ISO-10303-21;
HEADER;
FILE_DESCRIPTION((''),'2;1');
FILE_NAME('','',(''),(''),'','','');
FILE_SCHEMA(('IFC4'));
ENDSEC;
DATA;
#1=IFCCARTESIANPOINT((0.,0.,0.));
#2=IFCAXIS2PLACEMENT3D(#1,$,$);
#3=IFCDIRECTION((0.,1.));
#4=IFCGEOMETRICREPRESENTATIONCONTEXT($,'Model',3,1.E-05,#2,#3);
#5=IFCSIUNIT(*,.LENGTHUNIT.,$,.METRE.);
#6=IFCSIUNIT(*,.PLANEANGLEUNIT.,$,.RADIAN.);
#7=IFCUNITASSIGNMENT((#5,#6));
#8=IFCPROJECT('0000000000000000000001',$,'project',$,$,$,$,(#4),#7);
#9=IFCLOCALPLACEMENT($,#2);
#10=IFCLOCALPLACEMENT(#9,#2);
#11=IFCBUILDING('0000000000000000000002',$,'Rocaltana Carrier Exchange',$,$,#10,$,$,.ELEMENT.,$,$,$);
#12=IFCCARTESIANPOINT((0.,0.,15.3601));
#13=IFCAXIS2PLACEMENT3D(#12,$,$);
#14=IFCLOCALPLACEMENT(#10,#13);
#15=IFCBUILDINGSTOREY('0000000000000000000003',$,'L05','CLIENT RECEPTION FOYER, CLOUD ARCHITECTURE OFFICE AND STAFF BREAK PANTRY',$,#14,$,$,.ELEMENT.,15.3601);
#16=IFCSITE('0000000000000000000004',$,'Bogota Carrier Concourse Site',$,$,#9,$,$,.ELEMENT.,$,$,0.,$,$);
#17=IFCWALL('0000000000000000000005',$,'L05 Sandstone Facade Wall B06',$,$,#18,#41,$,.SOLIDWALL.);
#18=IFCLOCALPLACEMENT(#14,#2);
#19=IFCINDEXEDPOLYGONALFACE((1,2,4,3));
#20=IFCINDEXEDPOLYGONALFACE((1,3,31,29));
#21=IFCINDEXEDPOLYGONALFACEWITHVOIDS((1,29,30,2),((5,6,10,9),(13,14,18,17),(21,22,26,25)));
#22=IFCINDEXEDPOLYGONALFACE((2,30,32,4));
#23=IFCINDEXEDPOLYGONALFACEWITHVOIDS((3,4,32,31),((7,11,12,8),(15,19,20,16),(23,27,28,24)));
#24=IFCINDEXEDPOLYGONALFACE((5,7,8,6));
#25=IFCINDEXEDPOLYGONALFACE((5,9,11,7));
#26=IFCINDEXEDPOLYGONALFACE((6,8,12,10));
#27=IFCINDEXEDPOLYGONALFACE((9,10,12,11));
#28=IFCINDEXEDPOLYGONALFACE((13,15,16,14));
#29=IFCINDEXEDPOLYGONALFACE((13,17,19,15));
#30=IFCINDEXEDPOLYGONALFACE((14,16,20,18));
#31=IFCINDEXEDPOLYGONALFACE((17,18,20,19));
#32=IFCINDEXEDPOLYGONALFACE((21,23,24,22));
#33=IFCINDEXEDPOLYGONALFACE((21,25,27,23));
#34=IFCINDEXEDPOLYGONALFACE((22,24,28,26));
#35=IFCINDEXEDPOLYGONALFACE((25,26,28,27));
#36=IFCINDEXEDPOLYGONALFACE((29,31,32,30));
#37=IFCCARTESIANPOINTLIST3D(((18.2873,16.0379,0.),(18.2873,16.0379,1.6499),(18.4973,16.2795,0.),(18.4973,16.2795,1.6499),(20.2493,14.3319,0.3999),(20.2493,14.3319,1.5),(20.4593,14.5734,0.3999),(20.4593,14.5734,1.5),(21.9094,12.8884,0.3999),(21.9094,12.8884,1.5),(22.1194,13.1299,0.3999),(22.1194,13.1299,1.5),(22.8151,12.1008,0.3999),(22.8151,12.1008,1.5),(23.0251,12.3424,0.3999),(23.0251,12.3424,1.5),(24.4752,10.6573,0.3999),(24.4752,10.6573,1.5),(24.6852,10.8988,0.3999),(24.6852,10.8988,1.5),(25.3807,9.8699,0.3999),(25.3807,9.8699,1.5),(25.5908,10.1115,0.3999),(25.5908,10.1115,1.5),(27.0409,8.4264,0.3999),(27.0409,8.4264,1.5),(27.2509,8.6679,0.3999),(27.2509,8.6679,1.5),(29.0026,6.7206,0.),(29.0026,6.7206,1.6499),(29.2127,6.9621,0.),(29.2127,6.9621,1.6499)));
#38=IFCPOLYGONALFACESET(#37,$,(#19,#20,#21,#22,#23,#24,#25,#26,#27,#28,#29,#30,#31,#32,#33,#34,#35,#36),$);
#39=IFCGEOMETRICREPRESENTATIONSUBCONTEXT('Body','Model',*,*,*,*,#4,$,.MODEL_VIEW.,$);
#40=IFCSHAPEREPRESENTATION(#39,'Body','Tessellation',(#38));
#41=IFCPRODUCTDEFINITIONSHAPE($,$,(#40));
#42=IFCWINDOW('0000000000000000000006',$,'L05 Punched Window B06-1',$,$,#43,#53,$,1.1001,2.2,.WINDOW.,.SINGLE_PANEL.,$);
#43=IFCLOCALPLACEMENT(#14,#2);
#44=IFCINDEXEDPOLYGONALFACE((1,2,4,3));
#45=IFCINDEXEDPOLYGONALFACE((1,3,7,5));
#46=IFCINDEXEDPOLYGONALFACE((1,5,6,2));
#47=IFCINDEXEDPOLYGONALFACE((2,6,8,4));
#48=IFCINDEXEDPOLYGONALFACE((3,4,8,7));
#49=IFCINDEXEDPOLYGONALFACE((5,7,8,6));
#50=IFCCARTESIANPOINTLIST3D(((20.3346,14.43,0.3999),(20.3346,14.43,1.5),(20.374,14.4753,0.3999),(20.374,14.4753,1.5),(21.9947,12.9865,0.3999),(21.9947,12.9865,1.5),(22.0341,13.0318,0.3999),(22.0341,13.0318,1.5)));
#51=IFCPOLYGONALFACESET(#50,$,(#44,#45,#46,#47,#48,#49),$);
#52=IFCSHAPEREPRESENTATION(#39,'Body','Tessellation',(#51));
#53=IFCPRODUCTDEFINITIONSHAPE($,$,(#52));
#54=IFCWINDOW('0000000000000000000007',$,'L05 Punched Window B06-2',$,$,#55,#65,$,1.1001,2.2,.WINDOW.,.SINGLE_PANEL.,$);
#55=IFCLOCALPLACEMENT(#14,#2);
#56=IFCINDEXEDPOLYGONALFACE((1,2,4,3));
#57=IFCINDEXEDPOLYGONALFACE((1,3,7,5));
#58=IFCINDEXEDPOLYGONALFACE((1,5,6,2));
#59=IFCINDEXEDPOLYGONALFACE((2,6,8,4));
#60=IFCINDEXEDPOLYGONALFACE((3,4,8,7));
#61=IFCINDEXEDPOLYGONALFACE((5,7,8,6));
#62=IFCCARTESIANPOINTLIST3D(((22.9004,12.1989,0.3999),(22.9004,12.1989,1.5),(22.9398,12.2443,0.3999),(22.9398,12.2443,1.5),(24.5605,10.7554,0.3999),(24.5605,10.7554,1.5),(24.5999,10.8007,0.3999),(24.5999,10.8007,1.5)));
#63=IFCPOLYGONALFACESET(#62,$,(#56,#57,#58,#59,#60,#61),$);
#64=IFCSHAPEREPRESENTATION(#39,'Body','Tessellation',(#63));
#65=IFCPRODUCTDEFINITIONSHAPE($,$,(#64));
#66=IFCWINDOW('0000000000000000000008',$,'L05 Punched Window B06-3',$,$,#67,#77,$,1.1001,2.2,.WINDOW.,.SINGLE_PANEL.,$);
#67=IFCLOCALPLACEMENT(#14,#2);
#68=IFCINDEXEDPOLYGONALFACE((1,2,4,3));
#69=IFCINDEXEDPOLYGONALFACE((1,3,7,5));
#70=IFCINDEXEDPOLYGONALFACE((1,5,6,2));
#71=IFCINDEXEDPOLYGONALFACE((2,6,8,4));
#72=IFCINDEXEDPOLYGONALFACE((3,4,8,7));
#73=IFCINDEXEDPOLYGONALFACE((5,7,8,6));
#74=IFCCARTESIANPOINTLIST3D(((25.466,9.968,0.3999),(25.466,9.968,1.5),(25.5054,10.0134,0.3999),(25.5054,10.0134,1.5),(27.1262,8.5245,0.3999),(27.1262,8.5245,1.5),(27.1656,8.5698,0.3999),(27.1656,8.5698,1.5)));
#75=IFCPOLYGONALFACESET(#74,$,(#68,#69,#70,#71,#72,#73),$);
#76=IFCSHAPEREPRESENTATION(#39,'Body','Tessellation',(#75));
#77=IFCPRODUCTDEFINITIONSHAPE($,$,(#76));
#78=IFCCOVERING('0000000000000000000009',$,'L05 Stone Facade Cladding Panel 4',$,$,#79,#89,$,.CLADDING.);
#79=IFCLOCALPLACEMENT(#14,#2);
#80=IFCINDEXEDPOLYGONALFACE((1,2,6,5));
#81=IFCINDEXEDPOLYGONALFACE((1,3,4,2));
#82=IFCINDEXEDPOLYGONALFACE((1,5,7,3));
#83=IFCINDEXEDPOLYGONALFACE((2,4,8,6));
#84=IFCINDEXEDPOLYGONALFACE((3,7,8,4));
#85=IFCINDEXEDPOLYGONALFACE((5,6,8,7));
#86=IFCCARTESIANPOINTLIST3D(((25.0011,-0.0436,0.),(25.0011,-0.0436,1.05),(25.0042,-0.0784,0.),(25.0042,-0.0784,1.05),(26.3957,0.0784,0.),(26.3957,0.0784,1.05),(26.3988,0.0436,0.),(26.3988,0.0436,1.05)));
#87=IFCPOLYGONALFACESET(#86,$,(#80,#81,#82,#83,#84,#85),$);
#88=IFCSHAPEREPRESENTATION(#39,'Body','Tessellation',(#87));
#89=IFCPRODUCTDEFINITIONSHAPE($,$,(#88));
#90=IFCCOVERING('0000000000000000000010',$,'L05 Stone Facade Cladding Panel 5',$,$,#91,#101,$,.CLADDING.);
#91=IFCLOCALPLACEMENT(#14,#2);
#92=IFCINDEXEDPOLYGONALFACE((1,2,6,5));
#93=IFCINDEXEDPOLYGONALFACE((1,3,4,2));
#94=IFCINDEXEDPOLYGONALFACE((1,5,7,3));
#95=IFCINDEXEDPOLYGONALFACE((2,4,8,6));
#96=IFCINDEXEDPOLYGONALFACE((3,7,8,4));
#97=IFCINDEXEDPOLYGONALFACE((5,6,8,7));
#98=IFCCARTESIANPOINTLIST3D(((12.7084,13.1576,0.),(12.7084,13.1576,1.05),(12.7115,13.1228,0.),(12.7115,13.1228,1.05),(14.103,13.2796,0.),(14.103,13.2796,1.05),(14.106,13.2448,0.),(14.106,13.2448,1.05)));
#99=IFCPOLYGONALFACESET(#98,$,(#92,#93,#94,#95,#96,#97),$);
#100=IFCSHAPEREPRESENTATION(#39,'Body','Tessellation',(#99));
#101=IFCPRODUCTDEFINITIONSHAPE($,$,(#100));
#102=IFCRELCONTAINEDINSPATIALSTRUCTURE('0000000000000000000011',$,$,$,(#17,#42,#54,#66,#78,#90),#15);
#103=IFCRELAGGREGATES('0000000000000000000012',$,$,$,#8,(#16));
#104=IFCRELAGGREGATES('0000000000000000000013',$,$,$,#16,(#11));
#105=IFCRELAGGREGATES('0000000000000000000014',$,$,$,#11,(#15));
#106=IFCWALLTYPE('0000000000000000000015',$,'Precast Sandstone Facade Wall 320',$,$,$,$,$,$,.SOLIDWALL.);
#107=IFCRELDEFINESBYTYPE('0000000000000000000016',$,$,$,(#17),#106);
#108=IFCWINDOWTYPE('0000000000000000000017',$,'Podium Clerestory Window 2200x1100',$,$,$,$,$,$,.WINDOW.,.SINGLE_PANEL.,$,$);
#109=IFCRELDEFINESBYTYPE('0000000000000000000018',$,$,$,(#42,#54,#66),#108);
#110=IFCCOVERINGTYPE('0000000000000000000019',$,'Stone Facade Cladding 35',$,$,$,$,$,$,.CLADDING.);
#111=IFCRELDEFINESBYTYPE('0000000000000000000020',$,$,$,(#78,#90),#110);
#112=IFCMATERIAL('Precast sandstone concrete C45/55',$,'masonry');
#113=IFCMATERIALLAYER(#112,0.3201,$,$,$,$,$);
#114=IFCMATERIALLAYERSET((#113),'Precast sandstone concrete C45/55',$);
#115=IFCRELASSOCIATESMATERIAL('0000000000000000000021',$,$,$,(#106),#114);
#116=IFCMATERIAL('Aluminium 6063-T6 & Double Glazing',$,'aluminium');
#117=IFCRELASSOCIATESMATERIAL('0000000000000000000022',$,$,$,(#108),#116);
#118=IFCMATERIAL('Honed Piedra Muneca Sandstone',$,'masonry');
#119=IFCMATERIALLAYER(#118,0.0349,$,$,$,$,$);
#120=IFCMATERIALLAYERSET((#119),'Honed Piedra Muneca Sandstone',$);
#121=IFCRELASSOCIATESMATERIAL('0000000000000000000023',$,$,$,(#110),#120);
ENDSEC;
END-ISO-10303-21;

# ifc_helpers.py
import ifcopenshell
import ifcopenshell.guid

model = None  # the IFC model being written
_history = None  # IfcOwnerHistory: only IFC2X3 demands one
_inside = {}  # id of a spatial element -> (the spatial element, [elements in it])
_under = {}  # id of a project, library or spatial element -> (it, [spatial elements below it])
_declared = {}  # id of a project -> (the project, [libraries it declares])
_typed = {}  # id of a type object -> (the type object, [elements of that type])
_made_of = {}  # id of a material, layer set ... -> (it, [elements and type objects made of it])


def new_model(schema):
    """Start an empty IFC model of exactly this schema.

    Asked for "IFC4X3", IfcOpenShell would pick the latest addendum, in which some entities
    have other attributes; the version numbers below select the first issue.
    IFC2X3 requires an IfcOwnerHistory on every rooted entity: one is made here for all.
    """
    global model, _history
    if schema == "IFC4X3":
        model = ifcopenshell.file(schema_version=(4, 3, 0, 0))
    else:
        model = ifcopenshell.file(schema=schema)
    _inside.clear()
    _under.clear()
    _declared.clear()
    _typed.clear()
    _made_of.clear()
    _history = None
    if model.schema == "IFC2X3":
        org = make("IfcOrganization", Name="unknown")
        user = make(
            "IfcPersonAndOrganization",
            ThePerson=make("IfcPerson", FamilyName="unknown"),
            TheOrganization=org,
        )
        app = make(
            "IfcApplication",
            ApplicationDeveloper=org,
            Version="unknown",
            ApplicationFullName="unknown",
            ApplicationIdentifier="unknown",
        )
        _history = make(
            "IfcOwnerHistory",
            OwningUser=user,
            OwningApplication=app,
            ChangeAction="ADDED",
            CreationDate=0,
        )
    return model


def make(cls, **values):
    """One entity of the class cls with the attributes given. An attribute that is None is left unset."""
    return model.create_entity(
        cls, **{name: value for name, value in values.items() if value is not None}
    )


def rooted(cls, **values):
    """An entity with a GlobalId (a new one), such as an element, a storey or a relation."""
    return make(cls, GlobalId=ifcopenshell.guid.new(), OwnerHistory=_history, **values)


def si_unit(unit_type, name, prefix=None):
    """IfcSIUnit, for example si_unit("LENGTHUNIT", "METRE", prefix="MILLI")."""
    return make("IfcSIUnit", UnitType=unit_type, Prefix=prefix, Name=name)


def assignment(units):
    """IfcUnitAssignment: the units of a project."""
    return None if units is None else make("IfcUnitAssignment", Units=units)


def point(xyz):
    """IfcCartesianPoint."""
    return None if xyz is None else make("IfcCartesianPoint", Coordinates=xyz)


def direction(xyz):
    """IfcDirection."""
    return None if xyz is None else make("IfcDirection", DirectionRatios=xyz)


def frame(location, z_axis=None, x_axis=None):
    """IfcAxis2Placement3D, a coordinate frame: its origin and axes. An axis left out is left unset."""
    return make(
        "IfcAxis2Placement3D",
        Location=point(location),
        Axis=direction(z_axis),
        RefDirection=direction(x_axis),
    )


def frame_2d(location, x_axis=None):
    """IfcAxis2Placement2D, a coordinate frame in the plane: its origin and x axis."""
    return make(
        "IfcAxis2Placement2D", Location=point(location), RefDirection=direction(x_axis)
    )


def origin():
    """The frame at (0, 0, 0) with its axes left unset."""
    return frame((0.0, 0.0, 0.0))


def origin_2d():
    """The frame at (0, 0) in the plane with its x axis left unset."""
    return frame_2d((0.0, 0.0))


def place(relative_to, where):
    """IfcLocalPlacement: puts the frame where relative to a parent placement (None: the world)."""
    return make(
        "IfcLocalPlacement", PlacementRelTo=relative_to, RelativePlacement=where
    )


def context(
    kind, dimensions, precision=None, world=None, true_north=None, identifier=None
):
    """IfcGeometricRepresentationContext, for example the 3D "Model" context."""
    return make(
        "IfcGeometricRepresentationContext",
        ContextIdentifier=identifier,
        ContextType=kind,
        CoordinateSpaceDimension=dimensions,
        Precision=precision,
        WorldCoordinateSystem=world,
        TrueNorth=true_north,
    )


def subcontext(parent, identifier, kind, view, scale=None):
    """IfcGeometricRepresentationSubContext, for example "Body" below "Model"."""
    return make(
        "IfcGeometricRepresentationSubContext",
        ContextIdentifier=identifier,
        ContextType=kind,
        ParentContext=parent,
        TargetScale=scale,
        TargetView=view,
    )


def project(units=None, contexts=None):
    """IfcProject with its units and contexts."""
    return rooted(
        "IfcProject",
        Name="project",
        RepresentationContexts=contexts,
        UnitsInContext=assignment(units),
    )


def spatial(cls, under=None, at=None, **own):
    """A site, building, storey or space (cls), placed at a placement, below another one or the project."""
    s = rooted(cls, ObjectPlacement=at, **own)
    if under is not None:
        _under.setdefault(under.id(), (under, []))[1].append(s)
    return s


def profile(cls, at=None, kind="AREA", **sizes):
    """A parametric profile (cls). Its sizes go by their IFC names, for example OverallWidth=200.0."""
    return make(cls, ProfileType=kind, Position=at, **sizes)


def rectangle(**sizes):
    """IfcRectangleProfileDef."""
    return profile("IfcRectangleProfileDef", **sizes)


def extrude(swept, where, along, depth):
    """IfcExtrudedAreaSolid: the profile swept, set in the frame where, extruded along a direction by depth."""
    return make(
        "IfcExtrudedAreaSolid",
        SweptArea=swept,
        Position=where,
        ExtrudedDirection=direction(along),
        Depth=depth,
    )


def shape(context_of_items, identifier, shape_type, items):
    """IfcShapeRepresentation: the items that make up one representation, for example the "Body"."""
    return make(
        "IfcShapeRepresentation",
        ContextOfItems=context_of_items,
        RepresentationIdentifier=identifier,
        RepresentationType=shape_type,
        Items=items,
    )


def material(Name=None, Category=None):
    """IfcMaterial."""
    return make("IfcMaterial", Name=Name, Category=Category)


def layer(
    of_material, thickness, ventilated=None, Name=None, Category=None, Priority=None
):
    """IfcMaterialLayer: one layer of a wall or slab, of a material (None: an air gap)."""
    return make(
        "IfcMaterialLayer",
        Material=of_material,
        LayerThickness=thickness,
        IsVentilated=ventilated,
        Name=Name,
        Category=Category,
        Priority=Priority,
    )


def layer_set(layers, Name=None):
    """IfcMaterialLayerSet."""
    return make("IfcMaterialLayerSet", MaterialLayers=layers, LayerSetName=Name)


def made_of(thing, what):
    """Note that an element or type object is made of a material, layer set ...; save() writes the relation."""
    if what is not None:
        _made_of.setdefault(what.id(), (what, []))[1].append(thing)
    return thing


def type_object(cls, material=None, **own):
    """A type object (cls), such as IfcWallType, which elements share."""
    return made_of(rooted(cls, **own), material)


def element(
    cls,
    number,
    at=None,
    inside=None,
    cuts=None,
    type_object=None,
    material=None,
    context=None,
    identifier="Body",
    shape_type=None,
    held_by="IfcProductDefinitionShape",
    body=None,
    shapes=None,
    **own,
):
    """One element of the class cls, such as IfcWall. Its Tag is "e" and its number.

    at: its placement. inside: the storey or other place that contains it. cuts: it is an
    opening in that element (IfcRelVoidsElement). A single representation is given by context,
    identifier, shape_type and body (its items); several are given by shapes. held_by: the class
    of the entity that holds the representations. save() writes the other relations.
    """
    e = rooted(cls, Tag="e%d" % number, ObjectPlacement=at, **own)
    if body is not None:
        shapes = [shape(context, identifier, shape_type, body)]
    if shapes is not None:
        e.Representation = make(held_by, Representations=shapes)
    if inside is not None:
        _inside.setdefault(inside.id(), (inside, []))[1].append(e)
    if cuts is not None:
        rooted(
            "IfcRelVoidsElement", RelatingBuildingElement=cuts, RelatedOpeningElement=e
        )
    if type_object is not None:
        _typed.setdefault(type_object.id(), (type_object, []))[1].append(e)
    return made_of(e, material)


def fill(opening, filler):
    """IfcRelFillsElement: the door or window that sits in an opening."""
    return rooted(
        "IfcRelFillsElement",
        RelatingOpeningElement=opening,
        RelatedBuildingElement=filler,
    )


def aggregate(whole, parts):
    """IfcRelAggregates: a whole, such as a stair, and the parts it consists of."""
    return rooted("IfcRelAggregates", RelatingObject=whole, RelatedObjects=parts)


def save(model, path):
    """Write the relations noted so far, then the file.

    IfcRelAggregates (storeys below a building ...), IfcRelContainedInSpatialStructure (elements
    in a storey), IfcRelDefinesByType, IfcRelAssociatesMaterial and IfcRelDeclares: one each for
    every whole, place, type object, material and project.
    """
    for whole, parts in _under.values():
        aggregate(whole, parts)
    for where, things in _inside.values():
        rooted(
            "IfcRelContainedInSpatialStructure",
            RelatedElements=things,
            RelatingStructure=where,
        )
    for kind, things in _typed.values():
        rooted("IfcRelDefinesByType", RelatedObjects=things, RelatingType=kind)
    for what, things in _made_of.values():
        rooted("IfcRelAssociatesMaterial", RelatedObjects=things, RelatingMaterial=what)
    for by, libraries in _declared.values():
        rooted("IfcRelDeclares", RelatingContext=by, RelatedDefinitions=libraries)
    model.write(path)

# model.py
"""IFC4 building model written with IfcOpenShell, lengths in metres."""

from ifc_helpers import new_model, si_unit, direction, frame, frame_2d, origin, origin_2d, place, context, subcontext, project, spatial, rectangle, extrude, material, layer, layer_set, type_object, element, fill, save


model = new_model("IFC4")

# Units and contexts
model_context = context("Model", 3, precision=1e-05, world=origin(), true_north=direction((0.0, 1.0)))
body_context = subcontext(model_context, "Body", "Model", "MODEL_VIEW")
ifc_project = project(units=[si_unit("LENGTHUNIT", "METRE"), si_unit("PLANEANGLEUNIT", "RADIAN")], contexts=[model_context])

# Site, building, storey
site_placement = place(None, origin())
site = spatial("IfcSite", under=ifc_project, at=site_placement, Name="Bogota Carrier Concourse Site", CompositionType="ELEMENT", RefElevation=0.0)
building_placement = place(site_placement, origin())
building = spatial("IfcBuilding", under=site, at=building_placement, Name="Rocaltana Carrier Exchange", CompositionType="ELEMENT")
storey_placement = place(building_placement, frame((0.0, 0.0, 15.3601)))
storey = spatial("IfcBuildingStorey", under=building, at=storey_placement, Name="L05", Description="CLIENT RECEPTION FOYER, CLOUD ARCHITECTURE OFFICE AND STAFF BREAK PANTRY", CompositionType="ELEMENT", Elevation=15.3601)

# Wall, openings, windows
ifc_material_1 = material(Name="Precast sandstone concrete C45/55", Category="masonry")
ifc_layer_1 = layer(ifc_material_1, 0.3201)
ifc_layer_set_1 = layer_set([ifc_layer_1], Name="Precast sandstone concrete C45/55")
wall_type_1 = type_object("IfcWallType", Name="Precast Sandstone Facade Wall 320", PredefinedType="SOLIDWALL", material=ifc_layer_set_1)
ifc_material_2 = material(Name="Aluminium 6063-T6 & Double Glazing", Category="aluminium")
window_type = type_object("IfcWindowType", Name="Podium Clerestory Window 2200x1100", PartitioningType="SINGLE_PANEL", PredefinedType="WINDOW", material=ifc_material_2)
wall_1_placement = place(storey_placement, frame((18.3923, 16.1587, 0.0), z_axis=(0.0, 0.0, 1.0), x_axis=(0.754616, -0.656167, 0.0)))
wall_1 = element("IfcWall", 1, at=wall_1_placement, inside=storey, type_object=wall_type_1, Name="L05 Sandstone Facade Wall B06", PredefinedType="SOLIDWALL", context=body_context, shape_type="SweptSolid", body=[
    extrude(rectangle(XDim=14.1997, YDim=0.3201, at=frame_2d((7.0999, 0.0))), origin(), (0.0, 0.0, 1.0), 1.6499),
])
opening_1_placement = place(wall_1_placement, frame((2.5999, 0.0, 0.3999)))
opening_1 = element("IfcOpeningElement", 2, at=opening_1_placement, cuts=wall_1, PredefinedType="OPENING", context=body_context, shape_type="SweptSolid", body=[
    extrude(rectangle(XDim=2.2, YDim=1.1001, at=frame_2d((1.1001, 0.55))), frame((0.0, 0.1699, 0.0), z_axis=(0.0, -1.0, 0.0), x_axis=(1.0, 0.0, 0.0)), (0.0, 0.0, 1.0), 0.3401),
])
opening_2_placement = place(wall_1_placement, frame((6.0, 0.0, 0.3999)))
opening_2 = element("IfcOpeningElement", 3, at=opening_2_placement, cuts=wall_1, PredefinedType="OPENING", context=body_context, shape_type="SweptSolid", body=[
    extrude(rectangle(XDim=2.2, YDim=1.1001, at=frame_2d((1.1001, 0.55))), frame((0.0, 0.1699, 0.0), z_axis=(0.0, -1.0, 0.0), x_axis=(1.0, 0.0, 0.0)), (0.0, 0.0, 1.0), 0.3401),
])
opening_3_placement = place(wall_1_placement, frame((9.3999, 0.0, 0.3999)))
opening_3 = element("IfcOpeningElement", 4, at=opening_3_placement, cuts=wall_1, PredefinedType="OPENING", context=body_context, shape_type="SweptSolid", body=[
    extrude(rectangle(XDim=2.2, YDim=1.1001, at=frame_2d((1.1001, 0.55))), frame((0.0, 0.1699, 0.0), z_axis=(0.0, -1.0, 0.0), x_axis=(1.0, 0.0, 0.0)), (0.0, 0.0, 1.0), 0.3401),
])
window_1_placement = place(opening_1_placement, origin())
window_1 = element("IfcWindow", 5, at=window_1_placement, inside=storey, type_object=window_type, Name="L05 Punched Window B06-1", OverallHeight=1.1001, OverallWidth=2.2, PartitioningType="SINGLE_PANEL", PredefinedType="WINDOW", context=body_context, shape_type="SweptSolid", body=[
    extrude(rectangle(XDim=2.2, YDim=1.1001, at=frame_2d((1.1001, 0.55))), frame((0.0, 0.03, 0.0), z_axis=(0.0, -1.0, 0.0), x_axis=(1.0, 0.0, 0.0)), (0.0, 0.0, 1.0), 0.0601),
])
fill(opening_1, window_1)
window_2_placement = place(opening_2_placement, origin())
window_2 = element("IfcWindow", 6, at=window_2_placement, inside=storey, type_object=window_type, Name="L05 Punched Window B06-2", OverallHeight=1.1001, OverallWidth=2.2, PartitioningType="SINGLE_PANEL", PredefinedType="WINDOW", context=body_context, shape_type="SweptSolid", body=[
    extrude(rectangle(XDim=2.2, YDim=1.1001, at=frame_2d((1.1001, 0.55))), frame((0.0, 0.03, 0.0), z_axis=(0.0, -1.0, 0.0), x_axis=(1.0, 0.0, 0.0)), (0.0, 0.0, 1.0), 0.0601),
])
fill(opening_2, window_2)
window_3_placement = place(opening_3_placement, origin())
window_3 = element("IfcWindow", 7, at=window_3_placement, inside=storey, type_object=window_type, Name="L05 Punched Window B06-3", OverallHeight=1.1001, OverallWidth=2.2, PartitioningType="SINGLE_PANEL", PredefinedType="WINDOW", context=body_context, shape_type="SweptSolid", body=[
    extrude(rectangle(XDim=2.2, YDim=1.1001, at=frame_2d((1.1001, 0.55))), frame((0.0, 0.03, 0.0), z_axis=(0.0, -1.0, 0.0), x_axis=(1.0, 0.0, 0.0)), (0.0, 0.0, 1.0), 0.0601),
])
fill(opening_3, window_3)

# Coverings
ifc_material_3 = material(Name="Honed Piedra Muneca Sandstone", Category="masonry")
ifc_layer_2 = layer(ifc_material_3, 0.0349)
ifc_layer_set_2 = layer_set([ifc_layer_2], Name="Honed Piedra Muneca Sandstone")
covering_type = type_object("IfcCoveringType", Name="Stone Facade Cladding 35", PredefinedType="CLADDING", material=ifc_layer_set_2)
for number, where, z_axis, x_axis, name in (
    (8, (25.7, 0.0, 0.0), (0.0, 0.0, 1.0), (0.996195, 0.087156, 0.0), "L05 Stone Facade Cladding Panel 4"),
    (9, (13.4072, 13.2012, 0.0), (0.0, 0.0, 1.0), (0.996195, 0.087156, 0.0), "L05 Stone Facade Cladding Panel 5"),
):
    element("IfcCovering", number, at=place(storey_placement, frame(where, z_axis=z_axis, x_axis=x_axis)), inside=storey, type_object=covering_type, Name=name, PredefinedType="CLADDING", context=body_context, shape_type="SweptSolid", body=[
        extrude(rectangle(XDim=1.3999, YDim=0.0349, at=origin_2d()), origin(), (0.0, 0.0, 1.0), 1.05),
    ])

save(model, "model.ifc")
